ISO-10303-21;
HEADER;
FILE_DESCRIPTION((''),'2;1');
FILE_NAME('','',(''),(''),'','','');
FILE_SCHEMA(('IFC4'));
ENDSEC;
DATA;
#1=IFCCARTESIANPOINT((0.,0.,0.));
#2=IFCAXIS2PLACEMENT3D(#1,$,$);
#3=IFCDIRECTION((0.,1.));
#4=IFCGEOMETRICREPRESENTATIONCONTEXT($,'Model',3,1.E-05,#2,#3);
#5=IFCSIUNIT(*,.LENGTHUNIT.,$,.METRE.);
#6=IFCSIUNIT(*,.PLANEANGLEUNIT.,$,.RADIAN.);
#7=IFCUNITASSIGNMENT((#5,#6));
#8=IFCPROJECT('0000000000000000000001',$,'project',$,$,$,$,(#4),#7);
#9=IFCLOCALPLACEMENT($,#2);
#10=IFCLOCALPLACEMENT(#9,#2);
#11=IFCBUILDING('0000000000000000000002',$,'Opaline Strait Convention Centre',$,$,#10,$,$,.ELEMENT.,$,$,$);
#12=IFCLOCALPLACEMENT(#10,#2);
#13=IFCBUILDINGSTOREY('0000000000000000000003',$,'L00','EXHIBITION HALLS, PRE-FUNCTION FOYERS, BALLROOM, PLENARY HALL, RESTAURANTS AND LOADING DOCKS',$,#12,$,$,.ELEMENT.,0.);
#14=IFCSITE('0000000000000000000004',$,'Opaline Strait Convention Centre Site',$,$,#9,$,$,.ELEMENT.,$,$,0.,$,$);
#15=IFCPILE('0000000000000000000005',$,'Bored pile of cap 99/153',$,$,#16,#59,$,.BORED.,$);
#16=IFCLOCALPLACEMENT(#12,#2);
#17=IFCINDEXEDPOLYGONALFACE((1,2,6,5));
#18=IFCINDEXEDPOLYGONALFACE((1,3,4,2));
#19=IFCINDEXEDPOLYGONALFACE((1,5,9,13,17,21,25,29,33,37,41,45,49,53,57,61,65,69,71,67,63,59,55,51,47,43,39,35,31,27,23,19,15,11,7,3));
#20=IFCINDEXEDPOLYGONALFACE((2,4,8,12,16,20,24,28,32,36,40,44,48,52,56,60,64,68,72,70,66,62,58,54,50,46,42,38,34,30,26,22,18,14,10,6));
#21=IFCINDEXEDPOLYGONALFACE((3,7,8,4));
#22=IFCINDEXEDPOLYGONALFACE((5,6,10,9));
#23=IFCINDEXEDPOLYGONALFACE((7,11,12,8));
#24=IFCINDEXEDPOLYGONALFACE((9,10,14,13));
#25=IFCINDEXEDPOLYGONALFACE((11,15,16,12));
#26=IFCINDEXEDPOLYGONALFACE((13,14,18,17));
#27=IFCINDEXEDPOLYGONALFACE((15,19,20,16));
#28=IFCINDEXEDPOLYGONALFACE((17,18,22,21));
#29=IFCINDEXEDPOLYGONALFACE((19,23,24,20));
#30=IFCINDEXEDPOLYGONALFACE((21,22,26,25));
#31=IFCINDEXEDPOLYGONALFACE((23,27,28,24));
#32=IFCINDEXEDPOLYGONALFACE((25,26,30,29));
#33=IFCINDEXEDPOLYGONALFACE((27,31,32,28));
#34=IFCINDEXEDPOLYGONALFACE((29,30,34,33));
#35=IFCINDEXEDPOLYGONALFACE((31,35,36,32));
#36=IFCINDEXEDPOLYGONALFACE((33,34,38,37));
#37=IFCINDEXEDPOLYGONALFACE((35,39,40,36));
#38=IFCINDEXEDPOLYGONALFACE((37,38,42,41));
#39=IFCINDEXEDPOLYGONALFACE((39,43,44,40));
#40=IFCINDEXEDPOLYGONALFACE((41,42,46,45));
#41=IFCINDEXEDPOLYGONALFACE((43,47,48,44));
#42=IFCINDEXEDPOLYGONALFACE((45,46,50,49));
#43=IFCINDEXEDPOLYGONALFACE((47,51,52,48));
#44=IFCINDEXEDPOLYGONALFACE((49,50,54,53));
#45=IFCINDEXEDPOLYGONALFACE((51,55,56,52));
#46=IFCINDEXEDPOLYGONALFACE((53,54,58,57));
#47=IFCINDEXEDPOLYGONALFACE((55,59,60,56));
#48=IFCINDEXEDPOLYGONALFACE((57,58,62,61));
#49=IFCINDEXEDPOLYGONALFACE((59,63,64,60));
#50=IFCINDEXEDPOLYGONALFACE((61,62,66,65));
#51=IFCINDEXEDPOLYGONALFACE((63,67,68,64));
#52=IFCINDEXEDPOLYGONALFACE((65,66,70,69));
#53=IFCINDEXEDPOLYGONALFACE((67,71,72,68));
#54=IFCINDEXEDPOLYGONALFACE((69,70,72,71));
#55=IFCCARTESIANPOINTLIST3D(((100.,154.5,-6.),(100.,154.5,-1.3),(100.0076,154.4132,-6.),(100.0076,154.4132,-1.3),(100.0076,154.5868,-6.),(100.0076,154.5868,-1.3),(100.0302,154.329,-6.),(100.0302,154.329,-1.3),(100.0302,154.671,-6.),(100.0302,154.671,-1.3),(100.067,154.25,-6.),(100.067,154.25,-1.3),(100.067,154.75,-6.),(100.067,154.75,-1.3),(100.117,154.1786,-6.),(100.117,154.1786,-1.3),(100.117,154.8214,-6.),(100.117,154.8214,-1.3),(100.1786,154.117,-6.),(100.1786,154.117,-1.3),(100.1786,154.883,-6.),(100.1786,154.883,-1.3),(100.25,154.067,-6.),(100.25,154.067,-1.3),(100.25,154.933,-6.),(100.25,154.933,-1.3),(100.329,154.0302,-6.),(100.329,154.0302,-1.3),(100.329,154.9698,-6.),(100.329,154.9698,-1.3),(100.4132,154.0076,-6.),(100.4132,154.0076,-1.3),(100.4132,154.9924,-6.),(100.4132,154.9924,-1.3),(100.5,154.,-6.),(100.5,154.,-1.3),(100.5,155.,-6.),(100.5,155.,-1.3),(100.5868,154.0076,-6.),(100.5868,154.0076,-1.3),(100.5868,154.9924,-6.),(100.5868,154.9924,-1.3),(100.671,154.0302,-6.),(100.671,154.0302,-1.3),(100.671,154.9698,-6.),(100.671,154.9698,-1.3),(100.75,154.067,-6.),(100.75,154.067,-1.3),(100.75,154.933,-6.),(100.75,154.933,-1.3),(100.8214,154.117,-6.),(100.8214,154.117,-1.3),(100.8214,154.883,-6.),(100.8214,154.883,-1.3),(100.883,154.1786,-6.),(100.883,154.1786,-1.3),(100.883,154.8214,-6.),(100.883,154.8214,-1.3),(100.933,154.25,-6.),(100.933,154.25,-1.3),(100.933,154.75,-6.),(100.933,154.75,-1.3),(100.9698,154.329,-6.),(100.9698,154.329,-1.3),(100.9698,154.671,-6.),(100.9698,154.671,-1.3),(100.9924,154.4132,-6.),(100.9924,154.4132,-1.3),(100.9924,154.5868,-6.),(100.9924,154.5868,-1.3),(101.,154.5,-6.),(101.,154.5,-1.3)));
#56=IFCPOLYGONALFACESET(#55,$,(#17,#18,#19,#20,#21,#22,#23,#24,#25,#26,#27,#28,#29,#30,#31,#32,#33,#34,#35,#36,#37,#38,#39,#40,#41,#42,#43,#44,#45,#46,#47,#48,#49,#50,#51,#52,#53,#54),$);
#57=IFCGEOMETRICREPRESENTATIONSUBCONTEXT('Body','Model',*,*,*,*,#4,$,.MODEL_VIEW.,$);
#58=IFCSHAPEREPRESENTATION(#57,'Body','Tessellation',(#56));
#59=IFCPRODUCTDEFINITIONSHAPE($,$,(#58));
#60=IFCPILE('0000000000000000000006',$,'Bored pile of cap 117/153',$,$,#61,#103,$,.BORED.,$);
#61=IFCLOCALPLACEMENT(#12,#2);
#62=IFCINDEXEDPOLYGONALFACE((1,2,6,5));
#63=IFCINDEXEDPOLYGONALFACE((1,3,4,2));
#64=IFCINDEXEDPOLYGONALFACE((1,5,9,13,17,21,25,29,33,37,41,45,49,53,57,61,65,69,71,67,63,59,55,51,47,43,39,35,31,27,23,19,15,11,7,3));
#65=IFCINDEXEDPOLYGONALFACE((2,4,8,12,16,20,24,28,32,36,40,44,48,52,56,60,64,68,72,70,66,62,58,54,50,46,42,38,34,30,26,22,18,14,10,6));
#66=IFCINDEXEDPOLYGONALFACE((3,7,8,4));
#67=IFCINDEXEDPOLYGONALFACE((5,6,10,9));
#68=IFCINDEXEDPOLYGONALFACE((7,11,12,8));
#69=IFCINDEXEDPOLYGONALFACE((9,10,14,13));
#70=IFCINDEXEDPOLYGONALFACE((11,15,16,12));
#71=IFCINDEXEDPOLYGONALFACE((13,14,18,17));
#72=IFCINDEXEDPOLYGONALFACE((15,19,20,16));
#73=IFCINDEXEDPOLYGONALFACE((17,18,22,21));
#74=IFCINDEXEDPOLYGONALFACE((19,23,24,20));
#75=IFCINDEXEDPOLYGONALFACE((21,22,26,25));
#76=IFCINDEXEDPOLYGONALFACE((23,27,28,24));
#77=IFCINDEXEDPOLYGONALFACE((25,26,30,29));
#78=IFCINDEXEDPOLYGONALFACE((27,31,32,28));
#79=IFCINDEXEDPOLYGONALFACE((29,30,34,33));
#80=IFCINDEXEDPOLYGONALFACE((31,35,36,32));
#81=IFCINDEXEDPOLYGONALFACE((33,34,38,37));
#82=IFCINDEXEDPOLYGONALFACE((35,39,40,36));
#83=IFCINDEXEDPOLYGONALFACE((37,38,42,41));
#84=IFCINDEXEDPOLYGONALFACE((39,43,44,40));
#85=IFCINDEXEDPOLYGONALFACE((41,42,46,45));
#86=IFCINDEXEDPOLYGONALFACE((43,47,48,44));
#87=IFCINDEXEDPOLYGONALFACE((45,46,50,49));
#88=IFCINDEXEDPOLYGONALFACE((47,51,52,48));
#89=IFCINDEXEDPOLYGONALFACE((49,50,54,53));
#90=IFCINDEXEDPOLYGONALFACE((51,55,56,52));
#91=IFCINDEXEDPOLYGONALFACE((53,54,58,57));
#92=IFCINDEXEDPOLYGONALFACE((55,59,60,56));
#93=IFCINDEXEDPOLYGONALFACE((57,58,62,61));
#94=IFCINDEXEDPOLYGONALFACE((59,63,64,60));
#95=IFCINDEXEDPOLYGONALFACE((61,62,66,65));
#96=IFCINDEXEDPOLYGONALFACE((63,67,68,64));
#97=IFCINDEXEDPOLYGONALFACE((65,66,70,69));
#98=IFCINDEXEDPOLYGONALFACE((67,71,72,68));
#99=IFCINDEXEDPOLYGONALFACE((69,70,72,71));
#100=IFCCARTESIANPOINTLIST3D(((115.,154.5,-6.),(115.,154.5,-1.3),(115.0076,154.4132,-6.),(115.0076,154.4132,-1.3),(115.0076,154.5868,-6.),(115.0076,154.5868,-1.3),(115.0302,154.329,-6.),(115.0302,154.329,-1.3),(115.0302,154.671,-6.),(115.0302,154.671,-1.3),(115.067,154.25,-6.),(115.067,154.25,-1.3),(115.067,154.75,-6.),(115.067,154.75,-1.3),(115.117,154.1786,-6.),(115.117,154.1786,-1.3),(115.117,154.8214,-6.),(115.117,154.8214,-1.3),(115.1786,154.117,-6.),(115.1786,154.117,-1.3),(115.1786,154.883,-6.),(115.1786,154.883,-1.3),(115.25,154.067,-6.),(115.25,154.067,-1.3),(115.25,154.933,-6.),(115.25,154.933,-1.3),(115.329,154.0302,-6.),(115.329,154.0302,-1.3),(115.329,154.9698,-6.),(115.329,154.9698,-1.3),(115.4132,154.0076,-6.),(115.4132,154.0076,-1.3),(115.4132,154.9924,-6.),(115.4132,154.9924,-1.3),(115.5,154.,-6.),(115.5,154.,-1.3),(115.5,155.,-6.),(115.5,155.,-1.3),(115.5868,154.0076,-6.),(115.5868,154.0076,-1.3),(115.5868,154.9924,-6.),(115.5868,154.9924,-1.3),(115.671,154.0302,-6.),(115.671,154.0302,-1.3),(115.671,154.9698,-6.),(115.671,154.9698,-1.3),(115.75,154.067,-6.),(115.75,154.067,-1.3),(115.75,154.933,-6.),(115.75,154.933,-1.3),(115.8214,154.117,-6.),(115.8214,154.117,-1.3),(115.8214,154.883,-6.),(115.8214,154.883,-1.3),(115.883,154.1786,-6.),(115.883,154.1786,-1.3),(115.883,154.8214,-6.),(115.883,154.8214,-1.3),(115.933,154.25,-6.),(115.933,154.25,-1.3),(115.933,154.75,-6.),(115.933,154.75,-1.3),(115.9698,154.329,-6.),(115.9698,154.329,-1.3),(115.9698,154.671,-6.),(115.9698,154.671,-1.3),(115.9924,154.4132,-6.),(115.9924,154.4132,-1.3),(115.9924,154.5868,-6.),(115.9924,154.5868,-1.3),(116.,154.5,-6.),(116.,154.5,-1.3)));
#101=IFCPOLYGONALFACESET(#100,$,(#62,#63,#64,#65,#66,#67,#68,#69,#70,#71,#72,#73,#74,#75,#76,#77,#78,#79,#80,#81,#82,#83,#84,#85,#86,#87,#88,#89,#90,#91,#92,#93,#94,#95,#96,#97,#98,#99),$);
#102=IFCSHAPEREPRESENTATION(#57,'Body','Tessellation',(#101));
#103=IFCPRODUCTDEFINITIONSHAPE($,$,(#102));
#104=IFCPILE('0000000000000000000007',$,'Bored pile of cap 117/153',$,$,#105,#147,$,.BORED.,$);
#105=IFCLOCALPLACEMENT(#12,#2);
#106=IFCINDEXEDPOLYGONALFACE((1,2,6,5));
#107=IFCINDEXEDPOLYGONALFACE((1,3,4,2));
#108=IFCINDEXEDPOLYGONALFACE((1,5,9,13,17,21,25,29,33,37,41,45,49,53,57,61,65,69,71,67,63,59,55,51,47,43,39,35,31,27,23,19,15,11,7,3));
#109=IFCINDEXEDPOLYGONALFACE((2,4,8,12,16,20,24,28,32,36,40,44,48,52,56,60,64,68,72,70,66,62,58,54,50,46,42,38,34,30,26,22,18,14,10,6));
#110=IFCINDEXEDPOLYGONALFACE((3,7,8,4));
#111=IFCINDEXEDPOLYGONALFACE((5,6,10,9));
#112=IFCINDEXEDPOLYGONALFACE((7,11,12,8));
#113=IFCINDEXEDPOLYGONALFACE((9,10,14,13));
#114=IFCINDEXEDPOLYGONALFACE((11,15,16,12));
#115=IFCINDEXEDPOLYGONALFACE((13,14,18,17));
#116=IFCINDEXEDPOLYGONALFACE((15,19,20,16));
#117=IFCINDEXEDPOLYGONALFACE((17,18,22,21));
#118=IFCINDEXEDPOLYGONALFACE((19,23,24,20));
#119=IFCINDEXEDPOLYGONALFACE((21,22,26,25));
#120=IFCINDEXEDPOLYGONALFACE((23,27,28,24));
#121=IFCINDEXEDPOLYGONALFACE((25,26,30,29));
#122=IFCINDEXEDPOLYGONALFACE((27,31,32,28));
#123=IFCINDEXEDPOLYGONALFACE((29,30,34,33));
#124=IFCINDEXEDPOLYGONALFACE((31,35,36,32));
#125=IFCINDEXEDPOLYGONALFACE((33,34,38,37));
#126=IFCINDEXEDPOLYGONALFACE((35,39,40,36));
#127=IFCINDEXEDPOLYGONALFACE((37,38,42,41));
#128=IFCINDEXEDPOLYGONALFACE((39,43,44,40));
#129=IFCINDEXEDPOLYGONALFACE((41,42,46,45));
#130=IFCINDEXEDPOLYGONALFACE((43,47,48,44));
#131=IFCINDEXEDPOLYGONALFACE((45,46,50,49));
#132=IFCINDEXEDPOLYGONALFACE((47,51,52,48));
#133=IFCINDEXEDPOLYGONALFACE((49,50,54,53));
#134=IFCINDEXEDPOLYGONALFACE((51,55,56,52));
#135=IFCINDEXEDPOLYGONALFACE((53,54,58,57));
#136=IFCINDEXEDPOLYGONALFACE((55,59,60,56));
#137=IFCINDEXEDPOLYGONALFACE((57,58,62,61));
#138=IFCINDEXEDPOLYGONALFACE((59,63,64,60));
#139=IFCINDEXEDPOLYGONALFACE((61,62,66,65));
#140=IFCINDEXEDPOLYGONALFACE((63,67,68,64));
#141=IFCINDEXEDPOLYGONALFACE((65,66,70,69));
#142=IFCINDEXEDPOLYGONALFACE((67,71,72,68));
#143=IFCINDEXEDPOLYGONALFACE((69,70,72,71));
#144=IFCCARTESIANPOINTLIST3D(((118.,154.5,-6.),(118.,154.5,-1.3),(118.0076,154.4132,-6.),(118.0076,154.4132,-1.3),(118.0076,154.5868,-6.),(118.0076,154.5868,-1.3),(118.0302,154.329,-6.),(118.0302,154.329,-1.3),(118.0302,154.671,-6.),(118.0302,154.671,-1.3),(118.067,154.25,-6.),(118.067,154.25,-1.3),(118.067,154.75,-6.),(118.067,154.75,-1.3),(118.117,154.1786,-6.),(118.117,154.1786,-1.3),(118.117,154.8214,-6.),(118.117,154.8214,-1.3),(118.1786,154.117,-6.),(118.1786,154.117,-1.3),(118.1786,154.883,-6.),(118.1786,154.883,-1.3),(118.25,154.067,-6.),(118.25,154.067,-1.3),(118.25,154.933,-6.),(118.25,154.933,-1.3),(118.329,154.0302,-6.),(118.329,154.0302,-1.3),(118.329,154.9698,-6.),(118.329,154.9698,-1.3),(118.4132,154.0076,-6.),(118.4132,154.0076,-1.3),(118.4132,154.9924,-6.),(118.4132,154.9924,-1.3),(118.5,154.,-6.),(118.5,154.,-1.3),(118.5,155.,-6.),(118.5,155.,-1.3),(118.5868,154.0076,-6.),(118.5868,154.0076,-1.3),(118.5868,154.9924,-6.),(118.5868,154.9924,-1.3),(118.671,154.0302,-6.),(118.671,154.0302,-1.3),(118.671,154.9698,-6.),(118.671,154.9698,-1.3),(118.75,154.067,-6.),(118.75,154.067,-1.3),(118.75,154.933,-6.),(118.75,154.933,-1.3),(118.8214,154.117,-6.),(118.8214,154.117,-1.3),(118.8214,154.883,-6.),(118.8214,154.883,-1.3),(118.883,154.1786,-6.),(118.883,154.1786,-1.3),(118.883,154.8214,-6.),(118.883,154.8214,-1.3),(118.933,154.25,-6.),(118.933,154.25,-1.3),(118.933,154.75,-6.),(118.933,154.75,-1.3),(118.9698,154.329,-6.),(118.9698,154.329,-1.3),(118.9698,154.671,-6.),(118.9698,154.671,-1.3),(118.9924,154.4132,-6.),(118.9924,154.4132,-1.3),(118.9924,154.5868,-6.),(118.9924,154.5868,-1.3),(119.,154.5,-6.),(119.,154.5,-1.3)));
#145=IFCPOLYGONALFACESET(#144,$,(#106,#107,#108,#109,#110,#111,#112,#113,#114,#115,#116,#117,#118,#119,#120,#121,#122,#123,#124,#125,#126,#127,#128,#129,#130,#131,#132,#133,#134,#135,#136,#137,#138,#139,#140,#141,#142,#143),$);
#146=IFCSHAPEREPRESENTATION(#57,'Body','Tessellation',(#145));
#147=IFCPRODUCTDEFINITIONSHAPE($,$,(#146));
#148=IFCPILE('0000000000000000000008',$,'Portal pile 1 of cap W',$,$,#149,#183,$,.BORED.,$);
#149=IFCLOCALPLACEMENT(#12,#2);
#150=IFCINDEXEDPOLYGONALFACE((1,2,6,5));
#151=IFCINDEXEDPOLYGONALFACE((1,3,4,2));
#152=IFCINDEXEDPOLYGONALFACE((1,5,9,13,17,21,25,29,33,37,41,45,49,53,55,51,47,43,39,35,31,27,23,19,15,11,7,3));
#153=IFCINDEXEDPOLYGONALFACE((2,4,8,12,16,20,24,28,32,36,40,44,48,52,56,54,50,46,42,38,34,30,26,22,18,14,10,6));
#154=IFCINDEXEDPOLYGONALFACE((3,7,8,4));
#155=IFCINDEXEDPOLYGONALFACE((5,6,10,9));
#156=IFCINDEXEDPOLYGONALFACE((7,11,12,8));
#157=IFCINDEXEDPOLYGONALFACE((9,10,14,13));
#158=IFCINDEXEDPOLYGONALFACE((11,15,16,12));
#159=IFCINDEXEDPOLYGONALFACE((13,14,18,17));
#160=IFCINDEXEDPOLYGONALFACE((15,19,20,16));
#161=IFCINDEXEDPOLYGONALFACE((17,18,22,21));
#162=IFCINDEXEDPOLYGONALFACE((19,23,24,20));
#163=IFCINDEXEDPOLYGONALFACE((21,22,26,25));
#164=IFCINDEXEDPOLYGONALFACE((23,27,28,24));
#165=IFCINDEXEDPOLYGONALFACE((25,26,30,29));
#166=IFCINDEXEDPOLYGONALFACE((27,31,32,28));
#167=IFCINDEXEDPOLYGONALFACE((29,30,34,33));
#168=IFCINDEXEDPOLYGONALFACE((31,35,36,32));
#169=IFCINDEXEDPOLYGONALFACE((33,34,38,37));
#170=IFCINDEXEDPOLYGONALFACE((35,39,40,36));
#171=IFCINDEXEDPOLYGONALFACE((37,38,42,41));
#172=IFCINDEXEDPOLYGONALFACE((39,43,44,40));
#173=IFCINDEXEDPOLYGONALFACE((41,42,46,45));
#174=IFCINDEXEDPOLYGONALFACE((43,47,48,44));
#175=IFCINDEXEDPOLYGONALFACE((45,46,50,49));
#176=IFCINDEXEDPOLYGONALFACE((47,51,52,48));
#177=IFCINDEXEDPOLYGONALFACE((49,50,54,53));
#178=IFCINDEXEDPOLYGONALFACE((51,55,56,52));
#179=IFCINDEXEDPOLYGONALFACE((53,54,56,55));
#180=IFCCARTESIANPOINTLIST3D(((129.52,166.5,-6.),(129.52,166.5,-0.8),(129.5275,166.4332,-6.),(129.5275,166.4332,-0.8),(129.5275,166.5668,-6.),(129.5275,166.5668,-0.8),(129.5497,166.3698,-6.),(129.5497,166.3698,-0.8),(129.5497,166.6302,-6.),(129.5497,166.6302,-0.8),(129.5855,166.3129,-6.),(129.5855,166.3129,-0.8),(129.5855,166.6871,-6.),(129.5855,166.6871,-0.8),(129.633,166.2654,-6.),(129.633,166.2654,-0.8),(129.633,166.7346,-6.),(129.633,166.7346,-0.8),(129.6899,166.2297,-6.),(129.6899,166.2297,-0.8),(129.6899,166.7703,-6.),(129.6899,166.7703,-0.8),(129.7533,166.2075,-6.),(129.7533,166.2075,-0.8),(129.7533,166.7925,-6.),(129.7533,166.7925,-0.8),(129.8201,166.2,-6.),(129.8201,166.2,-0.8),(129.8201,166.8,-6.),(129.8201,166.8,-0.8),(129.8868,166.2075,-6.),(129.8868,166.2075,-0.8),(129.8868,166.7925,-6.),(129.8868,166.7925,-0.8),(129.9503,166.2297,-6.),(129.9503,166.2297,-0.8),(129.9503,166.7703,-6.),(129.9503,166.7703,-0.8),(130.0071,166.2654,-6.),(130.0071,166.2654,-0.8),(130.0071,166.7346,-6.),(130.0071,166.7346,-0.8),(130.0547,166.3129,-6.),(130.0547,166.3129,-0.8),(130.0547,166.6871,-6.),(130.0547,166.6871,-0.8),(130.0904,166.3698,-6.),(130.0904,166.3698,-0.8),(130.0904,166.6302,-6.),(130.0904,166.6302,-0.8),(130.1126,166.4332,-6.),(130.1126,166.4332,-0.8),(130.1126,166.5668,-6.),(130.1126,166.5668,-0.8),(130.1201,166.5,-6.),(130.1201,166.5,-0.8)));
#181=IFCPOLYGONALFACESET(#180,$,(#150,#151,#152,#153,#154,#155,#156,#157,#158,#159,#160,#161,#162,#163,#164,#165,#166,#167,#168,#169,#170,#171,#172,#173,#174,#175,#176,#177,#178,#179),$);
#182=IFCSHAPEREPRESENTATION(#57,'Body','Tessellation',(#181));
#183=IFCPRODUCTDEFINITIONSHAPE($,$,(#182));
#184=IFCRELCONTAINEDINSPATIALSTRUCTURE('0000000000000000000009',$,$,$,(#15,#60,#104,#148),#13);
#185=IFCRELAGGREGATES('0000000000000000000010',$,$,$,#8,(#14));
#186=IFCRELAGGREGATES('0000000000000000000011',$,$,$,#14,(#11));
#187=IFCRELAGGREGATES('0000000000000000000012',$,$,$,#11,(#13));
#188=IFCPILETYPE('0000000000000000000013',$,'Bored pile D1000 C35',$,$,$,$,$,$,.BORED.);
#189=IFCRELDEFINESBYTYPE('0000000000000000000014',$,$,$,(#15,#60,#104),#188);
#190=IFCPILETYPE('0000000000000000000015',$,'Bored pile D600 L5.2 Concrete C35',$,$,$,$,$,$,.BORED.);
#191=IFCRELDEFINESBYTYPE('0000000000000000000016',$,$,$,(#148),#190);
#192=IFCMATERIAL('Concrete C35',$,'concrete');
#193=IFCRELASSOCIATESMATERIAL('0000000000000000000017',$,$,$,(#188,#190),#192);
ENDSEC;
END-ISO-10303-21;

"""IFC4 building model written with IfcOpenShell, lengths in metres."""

from ifc_helpers import new_model, si_unit, direction, frame, origin, origin_2d, place, context, subcontext, project, spatial, circle, extrude, material, material_profile, profile_set, type_object, element, save


model = new_model("IFC4")

# Units and contexts
model_context = context("Model", 3, precision=1e-05, world=origin(), true_north=direction((0.0, 1.0)))
body_context = subcontext(model_context, "Body", "Model", "MODEL_VIEW")
ifc_project = project(units=[si_unit("LENGTHUNIT", "METRE"), si_unit("PLANEANGLEUNIT", "RADIAN")], contexts=[model_context])

# Site, building, storey
site_placement = place(None, origin())
site = spatial("IfcSite", under=ifc_project, at=site_placement, Name="Opaline Strait Convention Centre Site", CompositionType="ELEMENT", RefElevation=0.0)
building_placement = place(site_placement, origin())
building = spatial("IfcBuilding", under=site, at=building_placement, Name="Opaline Strait Convention Centre", CompositionType="ELEMENT")
storey_placement = place(building_placement, origin())
storey = spatial("IfcBuildingStorey", under=building, at=storey_placement, Name="L00", Description="EXHIBITION HALLS, PRE-FUNCTION FOYERS, BALLROOM, PLENARY HALL, RESTAURANTS AND LOADING DOCKS", CompositionType="ELEMENT", Elevation=0.0)

# Piles
ifc_material_1 = material(Name="Concrete C35", Category="concrete")
ifc_material_profile_1 = material_profile(ifc_material_1, circle(Radius=0.5, at=origin_2d()), Name="D1000")
ifc_profile_set_1 = profile_set([ifc_material_profile_1], Name="Concrete C35")
pile_type_1 = type_object("IfcPileType", Name="Bored pile D1000 C35", PredefinedType="BORED", material=ifc_profile_set_1)
for number, where, z_axis, x_axis, name in (
    (1, (100.5, 154.5, -1.3), (0.0, 0.0, -1.0), (1.0, 0.0, 0.0), "Bored pile of cap 99/153"),
    (2, (115.5, 154.5, -1.3), (0.0, 0.0, -1.0), (1.0, 0.0, 0.0), "Bored pile of cap 117/153"),
    (3, (118.5, 154.5, -1.3), (0.0, 0.0, -1.0), (1.0, 0.0, 0.0), "Bored pile of cap 117/153"),
):
    element("IfcPile", number, at=place(storey_placement, frame(where, z_axis=z_axis, x_axis=x_axis)), inside=storey, type_object=pile_type_1, Name=name, PredefinedType="BORED", context=body_context, shape_type="SweptSolid", body=[
        extrude(circle(Radius=0.5, at=origin_2d()), origin(), (0.0, 0.0, 1.0), 4.7),
    ])
ifc_material_profile_2 = material_profile(ifc_material_1, circle(Radius=0.3, at=origin_2d()), Name="D600")
ifc_profile_set_2 = profile_set([ifc_material_profile_2], Name="Concrete C35")
pile_type_2 = type_object("IfcPileType", Name="Bored pile D600 L5.2 Concrete C35", PredefinedType="BORED", material=ifc_profile_set_2)
pile_placement = place(storey_placement, frame((129.8201, 166.5, -0.8), z_axis=(0.0, 0.0, -1.0), x_axis=(1.0, 0.0, 0.0)))
element("IfcPile", 4, at=pile_placement, inside=storey, type_object=pile_type_2, Name="Portal pile 1 of cap W", PredefinedType="BORED", context=body_context, shape_type="SweptSolid", body=[
    extrude(circle(Radius=0.3, at=origin_2d()), origin(), (0.0, 0.0, 1.0), 5.2),
])

save(model, "model.ifc")
